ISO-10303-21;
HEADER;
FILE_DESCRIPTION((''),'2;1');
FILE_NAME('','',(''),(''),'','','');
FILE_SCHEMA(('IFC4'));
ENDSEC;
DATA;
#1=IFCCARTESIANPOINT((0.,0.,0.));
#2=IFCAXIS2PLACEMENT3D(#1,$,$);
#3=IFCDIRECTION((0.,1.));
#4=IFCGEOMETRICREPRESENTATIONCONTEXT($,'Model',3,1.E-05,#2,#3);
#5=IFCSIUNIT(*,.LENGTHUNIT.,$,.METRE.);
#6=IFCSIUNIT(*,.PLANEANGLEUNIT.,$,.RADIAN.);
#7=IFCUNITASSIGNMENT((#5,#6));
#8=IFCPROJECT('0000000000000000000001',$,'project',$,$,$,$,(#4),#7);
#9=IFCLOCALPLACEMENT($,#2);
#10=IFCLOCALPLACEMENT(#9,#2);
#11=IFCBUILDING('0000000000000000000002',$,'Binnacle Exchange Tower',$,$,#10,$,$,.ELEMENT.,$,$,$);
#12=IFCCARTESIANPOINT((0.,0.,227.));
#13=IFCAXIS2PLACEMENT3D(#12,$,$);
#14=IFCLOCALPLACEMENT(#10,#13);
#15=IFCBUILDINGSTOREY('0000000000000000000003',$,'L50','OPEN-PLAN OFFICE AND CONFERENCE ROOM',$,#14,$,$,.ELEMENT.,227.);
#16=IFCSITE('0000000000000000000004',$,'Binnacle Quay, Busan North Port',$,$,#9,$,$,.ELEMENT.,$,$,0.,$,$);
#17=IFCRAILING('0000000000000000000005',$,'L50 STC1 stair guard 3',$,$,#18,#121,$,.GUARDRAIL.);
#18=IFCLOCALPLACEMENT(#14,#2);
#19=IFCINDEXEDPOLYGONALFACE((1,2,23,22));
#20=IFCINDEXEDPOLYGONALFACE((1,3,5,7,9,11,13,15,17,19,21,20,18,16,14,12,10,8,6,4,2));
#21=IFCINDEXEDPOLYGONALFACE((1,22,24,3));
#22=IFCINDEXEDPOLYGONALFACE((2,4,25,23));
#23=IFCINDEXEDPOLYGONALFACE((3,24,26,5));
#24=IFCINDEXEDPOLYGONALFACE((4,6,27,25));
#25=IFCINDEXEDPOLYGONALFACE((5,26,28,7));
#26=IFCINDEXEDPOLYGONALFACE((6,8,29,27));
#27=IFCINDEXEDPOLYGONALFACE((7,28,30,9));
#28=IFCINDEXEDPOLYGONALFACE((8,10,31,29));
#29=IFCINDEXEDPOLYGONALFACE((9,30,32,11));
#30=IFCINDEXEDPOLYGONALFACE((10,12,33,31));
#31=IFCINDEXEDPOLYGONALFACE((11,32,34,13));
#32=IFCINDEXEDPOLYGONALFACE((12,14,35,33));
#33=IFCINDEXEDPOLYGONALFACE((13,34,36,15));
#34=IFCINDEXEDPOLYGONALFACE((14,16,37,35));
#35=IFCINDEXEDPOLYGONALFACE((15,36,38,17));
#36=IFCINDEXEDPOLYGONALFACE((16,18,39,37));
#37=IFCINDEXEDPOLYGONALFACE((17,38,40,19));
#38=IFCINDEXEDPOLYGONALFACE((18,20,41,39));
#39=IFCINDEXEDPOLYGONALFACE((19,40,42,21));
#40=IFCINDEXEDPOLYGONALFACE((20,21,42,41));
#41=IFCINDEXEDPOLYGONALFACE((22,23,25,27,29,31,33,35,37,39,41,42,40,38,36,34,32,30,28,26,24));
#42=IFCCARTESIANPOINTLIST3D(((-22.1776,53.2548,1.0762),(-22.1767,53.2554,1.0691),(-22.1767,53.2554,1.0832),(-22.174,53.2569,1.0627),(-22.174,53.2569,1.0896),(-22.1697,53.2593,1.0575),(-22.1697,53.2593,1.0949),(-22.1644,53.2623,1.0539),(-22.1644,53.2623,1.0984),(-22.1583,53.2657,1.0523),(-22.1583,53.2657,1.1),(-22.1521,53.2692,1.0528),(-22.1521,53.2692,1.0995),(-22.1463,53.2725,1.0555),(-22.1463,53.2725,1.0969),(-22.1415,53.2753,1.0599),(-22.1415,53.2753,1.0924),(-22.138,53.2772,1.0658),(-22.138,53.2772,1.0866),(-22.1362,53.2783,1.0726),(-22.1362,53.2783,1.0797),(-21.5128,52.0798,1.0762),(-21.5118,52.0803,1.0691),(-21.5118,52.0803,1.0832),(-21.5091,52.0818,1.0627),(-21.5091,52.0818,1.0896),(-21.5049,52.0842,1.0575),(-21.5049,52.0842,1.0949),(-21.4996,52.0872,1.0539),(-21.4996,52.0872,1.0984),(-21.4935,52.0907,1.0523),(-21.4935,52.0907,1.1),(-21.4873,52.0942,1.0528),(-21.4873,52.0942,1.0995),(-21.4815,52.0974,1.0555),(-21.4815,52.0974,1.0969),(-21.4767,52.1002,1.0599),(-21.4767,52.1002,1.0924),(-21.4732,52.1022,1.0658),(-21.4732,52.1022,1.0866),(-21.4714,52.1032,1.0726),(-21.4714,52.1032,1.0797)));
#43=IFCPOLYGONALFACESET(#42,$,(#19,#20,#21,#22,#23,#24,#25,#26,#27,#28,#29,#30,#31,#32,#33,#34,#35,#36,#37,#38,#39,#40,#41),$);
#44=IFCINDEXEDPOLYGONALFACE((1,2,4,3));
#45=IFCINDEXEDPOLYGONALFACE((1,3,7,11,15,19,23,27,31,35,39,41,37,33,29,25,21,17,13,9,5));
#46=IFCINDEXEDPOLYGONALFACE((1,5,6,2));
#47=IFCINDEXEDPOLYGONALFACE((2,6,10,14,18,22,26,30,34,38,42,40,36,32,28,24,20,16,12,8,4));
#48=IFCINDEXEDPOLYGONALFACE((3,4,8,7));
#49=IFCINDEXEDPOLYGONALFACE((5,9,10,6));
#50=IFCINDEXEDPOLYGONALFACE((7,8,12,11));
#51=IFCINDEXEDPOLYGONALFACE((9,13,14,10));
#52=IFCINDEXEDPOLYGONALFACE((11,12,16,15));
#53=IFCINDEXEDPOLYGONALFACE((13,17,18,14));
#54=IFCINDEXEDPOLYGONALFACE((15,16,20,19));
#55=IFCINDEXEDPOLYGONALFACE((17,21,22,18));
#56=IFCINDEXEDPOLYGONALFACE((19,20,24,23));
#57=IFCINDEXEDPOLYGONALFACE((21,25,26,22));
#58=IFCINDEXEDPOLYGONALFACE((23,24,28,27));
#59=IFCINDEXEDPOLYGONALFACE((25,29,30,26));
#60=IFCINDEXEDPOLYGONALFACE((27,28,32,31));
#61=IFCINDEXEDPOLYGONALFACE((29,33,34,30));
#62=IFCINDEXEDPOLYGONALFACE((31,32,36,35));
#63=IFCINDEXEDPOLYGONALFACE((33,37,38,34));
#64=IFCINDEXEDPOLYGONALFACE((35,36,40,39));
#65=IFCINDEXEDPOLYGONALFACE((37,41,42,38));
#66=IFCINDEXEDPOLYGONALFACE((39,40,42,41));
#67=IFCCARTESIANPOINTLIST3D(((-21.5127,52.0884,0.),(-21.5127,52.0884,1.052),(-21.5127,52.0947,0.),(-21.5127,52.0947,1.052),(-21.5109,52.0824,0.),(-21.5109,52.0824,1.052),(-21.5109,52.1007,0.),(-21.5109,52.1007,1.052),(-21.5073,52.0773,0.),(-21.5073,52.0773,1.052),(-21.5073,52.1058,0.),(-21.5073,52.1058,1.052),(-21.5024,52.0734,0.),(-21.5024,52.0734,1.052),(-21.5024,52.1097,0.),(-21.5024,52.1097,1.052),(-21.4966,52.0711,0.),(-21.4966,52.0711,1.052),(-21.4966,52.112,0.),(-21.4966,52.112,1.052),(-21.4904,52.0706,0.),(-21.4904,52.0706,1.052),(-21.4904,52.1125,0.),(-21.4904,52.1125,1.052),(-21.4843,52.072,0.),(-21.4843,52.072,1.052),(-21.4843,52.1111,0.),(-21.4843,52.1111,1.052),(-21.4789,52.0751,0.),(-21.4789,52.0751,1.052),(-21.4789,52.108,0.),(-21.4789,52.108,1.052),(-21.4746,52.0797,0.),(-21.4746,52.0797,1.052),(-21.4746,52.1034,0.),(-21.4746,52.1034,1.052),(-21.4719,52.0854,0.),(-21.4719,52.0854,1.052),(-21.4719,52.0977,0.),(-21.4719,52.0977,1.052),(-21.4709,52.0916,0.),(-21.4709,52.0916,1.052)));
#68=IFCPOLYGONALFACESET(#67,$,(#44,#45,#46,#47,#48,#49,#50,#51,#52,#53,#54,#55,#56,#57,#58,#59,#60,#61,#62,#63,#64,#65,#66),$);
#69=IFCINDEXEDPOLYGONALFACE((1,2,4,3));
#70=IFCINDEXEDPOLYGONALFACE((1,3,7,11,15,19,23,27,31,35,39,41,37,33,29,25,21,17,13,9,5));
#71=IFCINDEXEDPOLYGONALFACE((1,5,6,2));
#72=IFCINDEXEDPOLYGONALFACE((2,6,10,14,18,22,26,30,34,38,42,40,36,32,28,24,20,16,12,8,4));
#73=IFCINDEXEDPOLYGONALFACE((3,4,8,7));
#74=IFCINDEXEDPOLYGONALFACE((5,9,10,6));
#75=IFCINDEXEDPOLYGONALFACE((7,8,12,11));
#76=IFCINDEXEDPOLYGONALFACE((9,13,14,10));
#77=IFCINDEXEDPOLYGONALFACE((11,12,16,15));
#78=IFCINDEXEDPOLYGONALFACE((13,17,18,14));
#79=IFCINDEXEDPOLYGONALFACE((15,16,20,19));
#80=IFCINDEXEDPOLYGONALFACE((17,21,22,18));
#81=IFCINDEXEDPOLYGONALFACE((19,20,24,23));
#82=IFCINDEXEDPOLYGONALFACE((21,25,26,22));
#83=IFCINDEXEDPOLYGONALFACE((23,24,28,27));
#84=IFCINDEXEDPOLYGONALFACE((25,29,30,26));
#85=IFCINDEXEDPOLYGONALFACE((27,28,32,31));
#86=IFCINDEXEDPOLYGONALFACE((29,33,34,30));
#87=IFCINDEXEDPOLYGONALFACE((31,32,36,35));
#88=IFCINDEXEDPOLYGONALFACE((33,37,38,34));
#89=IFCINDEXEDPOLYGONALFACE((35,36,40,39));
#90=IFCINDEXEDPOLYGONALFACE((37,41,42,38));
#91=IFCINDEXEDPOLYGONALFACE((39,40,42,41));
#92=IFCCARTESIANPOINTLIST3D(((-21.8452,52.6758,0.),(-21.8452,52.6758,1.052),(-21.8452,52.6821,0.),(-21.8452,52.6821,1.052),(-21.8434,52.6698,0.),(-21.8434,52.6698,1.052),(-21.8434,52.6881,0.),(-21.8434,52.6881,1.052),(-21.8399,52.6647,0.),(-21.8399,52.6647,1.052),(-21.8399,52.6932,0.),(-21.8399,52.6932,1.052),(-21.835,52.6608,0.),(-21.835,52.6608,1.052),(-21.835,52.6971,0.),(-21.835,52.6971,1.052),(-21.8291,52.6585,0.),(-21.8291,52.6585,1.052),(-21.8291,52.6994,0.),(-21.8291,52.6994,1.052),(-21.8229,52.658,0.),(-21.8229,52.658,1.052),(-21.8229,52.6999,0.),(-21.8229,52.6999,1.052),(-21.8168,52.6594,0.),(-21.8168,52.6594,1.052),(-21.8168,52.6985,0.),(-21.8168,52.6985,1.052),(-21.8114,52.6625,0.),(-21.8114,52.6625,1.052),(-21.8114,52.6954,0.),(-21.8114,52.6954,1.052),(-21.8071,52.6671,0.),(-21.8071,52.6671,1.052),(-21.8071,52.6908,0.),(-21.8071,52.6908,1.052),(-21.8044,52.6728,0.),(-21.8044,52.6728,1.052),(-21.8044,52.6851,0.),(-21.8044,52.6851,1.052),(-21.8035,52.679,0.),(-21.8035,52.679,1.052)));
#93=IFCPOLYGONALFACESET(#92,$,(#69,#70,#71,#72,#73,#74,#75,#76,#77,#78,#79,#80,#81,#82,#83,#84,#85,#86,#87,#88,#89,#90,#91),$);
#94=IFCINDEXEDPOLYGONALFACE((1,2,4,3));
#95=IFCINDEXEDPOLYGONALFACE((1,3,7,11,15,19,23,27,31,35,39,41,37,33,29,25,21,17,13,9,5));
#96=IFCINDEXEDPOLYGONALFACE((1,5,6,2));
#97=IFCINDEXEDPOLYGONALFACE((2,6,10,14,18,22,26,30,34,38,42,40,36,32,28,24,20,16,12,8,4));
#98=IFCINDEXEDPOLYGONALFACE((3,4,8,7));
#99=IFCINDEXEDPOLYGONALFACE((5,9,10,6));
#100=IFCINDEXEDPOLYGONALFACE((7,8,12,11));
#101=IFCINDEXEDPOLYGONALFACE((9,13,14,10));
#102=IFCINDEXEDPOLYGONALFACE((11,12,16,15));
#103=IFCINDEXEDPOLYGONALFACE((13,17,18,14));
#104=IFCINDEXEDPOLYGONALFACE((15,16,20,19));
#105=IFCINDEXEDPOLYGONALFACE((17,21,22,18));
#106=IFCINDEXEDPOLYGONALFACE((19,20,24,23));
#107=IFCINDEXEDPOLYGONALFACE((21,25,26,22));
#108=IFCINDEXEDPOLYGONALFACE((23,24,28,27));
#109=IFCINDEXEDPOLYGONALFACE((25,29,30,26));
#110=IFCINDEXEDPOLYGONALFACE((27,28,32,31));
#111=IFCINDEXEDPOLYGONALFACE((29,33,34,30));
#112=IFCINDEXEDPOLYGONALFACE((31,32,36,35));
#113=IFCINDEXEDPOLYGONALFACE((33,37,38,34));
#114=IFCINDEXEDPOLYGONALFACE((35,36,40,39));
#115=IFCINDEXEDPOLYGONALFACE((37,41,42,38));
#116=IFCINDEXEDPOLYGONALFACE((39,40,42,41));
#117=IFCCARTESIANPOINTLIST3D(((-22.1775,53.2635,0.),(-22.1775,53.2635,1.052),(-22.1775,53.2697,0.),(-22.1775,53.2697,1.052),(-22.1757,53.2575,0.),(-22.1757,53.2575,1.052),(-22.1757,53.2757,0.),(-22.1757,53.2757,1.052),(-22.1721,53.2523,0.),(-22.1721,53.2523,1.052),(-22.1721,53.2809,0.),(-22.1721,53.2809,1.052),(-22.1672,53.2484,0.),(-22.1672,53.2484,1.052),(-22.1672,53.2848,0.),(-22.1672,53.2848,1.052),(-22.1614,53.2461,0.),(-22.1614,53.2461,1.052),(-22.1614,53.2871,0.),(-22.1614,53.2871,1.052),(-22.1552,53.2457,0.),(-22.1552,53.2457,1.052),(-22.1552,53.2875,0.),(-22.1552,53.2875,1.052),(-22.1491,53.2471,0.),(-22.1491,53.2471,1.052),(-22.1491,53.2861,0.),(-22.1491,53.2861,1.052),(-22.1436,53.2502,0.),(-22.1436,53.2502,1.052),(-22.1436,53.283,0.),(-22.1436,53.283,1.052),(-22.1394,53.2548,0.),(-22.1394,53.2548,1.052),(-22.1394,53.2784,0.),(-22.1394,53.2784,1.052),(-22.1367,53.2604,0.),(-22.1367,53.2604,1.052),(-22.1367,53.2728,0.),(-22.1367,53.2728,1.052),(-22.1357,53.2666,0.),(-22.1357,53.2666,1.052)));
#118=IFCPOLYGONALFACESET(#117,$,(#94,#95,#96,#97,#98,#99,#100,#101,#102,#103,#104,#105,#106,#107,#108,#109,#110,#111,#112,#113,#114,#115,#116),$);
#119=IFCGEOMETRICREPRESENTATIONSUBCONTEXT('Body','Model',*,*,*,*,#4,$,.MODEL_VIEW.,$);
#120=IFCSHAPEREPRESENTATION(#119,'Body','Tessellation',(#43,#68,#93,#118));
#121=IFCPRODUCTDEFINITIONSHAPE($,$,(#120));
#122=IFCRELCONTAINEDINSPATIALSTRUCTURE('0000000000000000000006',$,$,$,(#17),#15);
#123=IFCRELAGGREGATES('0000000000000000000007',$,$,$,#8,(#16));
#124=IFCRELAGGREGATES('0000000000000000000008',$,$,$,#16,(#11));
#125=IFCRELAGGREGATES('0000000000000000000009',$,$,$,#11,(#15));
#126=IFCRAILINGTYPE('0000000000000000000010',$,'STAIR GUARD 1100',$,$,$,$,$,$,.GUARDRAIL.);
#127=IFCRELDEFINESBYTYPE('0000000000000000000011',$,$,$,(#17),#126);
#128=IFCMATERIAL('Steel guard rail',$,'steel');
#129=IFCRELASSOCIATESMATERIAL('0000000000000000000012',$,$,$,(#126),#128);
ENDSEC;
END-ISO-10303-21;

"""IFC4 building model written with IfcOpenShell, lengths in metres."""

from ifc_helpers import new_model, si_unit, direction, frame, origin, origin_2d, place, context, subcontext, project, spatial, circle, extrude, material, type_object, element, save


model = new_model("IFC4")

# Units and contexts
model_context = context("Model", 3, precision=1e-05, world=origin(), true_north=direction((0.0, 1.0)))
body_context = subcontext(model_context, "Body", "Model", "MODEL_VIEW")
ifc_project = project(units=[si_unit("LENGTHUNIT", "METRE"), si_unit("PLANEANGLEUNIT", "RADIAN")], contexts=[model_context])

# Site, building, storey
site_placement = place(None, origin())
site = spatial("IfcSite", under=ifc_project, at=site_placement, Name="Binnacle Quay, Busan North Port", CompositionType="ELEMENT", RefElevation=0.0)
building_placement = place(site_placement, origin())
building = spatial("IfcBuilding", under=site, at=building_placement, Name="Binnacle Exchange Tower", CompositionType="ELEMENT")
storey_placement = place(building_placement, frame((0.0, 0.0, 227.0)))
storey = spatial("IfcBuildingStorey", under=building, at=storey_placement, Name="L50", Description="OPEN-PLAN OFFICE AND CONFERENCE ROOM", CompositionType="ELEMENT", Elevation=227.0)

# Railing
ifc_material_1 = material(Name="Steel guard rail", Category="steel")
railing_type_1 = type_object("IfcRailingType", Name="STAIR GUARD 1100", PredefinedType="GUARDRAIL", material=ifc_material_1)
railing_1_placement = place(storey_placement, frame((-21.4919, 52.0916, 0.0)))
element("IfcRailing", 1, at=railing_1_placement, inside=storey, type_object=railing_type_1, Name="L50 STC1 stair guard 3", PredefinedType="GUARDRAIL", context=body_context, shape_type="SweptSolid", body=[
    extrude(circle(Radius=0.0239, at=origin_2d()), frame((0.0, 0.0, 1.0762), z_axis=(-0.492415, 0.870361, 0.0), x_axis=(-0.870361, -0.492415, 0.0)), (0.0, 0.0, 1.0), 1.3501),
    extrude(circle(Radius=0.021, at=origin_2d()), origin(), (0.0, 0.0, 1.0), 1.052),
    extrude(circle(Radius=0.021, at=origin_2d()), frame((-0.3325, 0.5874, 0.0)), (0.0, 0.0, 1.0), 1.052),
    extrude(circle(Radius=0.021, at=origin_2d()), frame((-0.6648, 1.175, 0.0)), (0.0, 0.0, 1.0), 1.052),
])

save(model, "model.ifc")
